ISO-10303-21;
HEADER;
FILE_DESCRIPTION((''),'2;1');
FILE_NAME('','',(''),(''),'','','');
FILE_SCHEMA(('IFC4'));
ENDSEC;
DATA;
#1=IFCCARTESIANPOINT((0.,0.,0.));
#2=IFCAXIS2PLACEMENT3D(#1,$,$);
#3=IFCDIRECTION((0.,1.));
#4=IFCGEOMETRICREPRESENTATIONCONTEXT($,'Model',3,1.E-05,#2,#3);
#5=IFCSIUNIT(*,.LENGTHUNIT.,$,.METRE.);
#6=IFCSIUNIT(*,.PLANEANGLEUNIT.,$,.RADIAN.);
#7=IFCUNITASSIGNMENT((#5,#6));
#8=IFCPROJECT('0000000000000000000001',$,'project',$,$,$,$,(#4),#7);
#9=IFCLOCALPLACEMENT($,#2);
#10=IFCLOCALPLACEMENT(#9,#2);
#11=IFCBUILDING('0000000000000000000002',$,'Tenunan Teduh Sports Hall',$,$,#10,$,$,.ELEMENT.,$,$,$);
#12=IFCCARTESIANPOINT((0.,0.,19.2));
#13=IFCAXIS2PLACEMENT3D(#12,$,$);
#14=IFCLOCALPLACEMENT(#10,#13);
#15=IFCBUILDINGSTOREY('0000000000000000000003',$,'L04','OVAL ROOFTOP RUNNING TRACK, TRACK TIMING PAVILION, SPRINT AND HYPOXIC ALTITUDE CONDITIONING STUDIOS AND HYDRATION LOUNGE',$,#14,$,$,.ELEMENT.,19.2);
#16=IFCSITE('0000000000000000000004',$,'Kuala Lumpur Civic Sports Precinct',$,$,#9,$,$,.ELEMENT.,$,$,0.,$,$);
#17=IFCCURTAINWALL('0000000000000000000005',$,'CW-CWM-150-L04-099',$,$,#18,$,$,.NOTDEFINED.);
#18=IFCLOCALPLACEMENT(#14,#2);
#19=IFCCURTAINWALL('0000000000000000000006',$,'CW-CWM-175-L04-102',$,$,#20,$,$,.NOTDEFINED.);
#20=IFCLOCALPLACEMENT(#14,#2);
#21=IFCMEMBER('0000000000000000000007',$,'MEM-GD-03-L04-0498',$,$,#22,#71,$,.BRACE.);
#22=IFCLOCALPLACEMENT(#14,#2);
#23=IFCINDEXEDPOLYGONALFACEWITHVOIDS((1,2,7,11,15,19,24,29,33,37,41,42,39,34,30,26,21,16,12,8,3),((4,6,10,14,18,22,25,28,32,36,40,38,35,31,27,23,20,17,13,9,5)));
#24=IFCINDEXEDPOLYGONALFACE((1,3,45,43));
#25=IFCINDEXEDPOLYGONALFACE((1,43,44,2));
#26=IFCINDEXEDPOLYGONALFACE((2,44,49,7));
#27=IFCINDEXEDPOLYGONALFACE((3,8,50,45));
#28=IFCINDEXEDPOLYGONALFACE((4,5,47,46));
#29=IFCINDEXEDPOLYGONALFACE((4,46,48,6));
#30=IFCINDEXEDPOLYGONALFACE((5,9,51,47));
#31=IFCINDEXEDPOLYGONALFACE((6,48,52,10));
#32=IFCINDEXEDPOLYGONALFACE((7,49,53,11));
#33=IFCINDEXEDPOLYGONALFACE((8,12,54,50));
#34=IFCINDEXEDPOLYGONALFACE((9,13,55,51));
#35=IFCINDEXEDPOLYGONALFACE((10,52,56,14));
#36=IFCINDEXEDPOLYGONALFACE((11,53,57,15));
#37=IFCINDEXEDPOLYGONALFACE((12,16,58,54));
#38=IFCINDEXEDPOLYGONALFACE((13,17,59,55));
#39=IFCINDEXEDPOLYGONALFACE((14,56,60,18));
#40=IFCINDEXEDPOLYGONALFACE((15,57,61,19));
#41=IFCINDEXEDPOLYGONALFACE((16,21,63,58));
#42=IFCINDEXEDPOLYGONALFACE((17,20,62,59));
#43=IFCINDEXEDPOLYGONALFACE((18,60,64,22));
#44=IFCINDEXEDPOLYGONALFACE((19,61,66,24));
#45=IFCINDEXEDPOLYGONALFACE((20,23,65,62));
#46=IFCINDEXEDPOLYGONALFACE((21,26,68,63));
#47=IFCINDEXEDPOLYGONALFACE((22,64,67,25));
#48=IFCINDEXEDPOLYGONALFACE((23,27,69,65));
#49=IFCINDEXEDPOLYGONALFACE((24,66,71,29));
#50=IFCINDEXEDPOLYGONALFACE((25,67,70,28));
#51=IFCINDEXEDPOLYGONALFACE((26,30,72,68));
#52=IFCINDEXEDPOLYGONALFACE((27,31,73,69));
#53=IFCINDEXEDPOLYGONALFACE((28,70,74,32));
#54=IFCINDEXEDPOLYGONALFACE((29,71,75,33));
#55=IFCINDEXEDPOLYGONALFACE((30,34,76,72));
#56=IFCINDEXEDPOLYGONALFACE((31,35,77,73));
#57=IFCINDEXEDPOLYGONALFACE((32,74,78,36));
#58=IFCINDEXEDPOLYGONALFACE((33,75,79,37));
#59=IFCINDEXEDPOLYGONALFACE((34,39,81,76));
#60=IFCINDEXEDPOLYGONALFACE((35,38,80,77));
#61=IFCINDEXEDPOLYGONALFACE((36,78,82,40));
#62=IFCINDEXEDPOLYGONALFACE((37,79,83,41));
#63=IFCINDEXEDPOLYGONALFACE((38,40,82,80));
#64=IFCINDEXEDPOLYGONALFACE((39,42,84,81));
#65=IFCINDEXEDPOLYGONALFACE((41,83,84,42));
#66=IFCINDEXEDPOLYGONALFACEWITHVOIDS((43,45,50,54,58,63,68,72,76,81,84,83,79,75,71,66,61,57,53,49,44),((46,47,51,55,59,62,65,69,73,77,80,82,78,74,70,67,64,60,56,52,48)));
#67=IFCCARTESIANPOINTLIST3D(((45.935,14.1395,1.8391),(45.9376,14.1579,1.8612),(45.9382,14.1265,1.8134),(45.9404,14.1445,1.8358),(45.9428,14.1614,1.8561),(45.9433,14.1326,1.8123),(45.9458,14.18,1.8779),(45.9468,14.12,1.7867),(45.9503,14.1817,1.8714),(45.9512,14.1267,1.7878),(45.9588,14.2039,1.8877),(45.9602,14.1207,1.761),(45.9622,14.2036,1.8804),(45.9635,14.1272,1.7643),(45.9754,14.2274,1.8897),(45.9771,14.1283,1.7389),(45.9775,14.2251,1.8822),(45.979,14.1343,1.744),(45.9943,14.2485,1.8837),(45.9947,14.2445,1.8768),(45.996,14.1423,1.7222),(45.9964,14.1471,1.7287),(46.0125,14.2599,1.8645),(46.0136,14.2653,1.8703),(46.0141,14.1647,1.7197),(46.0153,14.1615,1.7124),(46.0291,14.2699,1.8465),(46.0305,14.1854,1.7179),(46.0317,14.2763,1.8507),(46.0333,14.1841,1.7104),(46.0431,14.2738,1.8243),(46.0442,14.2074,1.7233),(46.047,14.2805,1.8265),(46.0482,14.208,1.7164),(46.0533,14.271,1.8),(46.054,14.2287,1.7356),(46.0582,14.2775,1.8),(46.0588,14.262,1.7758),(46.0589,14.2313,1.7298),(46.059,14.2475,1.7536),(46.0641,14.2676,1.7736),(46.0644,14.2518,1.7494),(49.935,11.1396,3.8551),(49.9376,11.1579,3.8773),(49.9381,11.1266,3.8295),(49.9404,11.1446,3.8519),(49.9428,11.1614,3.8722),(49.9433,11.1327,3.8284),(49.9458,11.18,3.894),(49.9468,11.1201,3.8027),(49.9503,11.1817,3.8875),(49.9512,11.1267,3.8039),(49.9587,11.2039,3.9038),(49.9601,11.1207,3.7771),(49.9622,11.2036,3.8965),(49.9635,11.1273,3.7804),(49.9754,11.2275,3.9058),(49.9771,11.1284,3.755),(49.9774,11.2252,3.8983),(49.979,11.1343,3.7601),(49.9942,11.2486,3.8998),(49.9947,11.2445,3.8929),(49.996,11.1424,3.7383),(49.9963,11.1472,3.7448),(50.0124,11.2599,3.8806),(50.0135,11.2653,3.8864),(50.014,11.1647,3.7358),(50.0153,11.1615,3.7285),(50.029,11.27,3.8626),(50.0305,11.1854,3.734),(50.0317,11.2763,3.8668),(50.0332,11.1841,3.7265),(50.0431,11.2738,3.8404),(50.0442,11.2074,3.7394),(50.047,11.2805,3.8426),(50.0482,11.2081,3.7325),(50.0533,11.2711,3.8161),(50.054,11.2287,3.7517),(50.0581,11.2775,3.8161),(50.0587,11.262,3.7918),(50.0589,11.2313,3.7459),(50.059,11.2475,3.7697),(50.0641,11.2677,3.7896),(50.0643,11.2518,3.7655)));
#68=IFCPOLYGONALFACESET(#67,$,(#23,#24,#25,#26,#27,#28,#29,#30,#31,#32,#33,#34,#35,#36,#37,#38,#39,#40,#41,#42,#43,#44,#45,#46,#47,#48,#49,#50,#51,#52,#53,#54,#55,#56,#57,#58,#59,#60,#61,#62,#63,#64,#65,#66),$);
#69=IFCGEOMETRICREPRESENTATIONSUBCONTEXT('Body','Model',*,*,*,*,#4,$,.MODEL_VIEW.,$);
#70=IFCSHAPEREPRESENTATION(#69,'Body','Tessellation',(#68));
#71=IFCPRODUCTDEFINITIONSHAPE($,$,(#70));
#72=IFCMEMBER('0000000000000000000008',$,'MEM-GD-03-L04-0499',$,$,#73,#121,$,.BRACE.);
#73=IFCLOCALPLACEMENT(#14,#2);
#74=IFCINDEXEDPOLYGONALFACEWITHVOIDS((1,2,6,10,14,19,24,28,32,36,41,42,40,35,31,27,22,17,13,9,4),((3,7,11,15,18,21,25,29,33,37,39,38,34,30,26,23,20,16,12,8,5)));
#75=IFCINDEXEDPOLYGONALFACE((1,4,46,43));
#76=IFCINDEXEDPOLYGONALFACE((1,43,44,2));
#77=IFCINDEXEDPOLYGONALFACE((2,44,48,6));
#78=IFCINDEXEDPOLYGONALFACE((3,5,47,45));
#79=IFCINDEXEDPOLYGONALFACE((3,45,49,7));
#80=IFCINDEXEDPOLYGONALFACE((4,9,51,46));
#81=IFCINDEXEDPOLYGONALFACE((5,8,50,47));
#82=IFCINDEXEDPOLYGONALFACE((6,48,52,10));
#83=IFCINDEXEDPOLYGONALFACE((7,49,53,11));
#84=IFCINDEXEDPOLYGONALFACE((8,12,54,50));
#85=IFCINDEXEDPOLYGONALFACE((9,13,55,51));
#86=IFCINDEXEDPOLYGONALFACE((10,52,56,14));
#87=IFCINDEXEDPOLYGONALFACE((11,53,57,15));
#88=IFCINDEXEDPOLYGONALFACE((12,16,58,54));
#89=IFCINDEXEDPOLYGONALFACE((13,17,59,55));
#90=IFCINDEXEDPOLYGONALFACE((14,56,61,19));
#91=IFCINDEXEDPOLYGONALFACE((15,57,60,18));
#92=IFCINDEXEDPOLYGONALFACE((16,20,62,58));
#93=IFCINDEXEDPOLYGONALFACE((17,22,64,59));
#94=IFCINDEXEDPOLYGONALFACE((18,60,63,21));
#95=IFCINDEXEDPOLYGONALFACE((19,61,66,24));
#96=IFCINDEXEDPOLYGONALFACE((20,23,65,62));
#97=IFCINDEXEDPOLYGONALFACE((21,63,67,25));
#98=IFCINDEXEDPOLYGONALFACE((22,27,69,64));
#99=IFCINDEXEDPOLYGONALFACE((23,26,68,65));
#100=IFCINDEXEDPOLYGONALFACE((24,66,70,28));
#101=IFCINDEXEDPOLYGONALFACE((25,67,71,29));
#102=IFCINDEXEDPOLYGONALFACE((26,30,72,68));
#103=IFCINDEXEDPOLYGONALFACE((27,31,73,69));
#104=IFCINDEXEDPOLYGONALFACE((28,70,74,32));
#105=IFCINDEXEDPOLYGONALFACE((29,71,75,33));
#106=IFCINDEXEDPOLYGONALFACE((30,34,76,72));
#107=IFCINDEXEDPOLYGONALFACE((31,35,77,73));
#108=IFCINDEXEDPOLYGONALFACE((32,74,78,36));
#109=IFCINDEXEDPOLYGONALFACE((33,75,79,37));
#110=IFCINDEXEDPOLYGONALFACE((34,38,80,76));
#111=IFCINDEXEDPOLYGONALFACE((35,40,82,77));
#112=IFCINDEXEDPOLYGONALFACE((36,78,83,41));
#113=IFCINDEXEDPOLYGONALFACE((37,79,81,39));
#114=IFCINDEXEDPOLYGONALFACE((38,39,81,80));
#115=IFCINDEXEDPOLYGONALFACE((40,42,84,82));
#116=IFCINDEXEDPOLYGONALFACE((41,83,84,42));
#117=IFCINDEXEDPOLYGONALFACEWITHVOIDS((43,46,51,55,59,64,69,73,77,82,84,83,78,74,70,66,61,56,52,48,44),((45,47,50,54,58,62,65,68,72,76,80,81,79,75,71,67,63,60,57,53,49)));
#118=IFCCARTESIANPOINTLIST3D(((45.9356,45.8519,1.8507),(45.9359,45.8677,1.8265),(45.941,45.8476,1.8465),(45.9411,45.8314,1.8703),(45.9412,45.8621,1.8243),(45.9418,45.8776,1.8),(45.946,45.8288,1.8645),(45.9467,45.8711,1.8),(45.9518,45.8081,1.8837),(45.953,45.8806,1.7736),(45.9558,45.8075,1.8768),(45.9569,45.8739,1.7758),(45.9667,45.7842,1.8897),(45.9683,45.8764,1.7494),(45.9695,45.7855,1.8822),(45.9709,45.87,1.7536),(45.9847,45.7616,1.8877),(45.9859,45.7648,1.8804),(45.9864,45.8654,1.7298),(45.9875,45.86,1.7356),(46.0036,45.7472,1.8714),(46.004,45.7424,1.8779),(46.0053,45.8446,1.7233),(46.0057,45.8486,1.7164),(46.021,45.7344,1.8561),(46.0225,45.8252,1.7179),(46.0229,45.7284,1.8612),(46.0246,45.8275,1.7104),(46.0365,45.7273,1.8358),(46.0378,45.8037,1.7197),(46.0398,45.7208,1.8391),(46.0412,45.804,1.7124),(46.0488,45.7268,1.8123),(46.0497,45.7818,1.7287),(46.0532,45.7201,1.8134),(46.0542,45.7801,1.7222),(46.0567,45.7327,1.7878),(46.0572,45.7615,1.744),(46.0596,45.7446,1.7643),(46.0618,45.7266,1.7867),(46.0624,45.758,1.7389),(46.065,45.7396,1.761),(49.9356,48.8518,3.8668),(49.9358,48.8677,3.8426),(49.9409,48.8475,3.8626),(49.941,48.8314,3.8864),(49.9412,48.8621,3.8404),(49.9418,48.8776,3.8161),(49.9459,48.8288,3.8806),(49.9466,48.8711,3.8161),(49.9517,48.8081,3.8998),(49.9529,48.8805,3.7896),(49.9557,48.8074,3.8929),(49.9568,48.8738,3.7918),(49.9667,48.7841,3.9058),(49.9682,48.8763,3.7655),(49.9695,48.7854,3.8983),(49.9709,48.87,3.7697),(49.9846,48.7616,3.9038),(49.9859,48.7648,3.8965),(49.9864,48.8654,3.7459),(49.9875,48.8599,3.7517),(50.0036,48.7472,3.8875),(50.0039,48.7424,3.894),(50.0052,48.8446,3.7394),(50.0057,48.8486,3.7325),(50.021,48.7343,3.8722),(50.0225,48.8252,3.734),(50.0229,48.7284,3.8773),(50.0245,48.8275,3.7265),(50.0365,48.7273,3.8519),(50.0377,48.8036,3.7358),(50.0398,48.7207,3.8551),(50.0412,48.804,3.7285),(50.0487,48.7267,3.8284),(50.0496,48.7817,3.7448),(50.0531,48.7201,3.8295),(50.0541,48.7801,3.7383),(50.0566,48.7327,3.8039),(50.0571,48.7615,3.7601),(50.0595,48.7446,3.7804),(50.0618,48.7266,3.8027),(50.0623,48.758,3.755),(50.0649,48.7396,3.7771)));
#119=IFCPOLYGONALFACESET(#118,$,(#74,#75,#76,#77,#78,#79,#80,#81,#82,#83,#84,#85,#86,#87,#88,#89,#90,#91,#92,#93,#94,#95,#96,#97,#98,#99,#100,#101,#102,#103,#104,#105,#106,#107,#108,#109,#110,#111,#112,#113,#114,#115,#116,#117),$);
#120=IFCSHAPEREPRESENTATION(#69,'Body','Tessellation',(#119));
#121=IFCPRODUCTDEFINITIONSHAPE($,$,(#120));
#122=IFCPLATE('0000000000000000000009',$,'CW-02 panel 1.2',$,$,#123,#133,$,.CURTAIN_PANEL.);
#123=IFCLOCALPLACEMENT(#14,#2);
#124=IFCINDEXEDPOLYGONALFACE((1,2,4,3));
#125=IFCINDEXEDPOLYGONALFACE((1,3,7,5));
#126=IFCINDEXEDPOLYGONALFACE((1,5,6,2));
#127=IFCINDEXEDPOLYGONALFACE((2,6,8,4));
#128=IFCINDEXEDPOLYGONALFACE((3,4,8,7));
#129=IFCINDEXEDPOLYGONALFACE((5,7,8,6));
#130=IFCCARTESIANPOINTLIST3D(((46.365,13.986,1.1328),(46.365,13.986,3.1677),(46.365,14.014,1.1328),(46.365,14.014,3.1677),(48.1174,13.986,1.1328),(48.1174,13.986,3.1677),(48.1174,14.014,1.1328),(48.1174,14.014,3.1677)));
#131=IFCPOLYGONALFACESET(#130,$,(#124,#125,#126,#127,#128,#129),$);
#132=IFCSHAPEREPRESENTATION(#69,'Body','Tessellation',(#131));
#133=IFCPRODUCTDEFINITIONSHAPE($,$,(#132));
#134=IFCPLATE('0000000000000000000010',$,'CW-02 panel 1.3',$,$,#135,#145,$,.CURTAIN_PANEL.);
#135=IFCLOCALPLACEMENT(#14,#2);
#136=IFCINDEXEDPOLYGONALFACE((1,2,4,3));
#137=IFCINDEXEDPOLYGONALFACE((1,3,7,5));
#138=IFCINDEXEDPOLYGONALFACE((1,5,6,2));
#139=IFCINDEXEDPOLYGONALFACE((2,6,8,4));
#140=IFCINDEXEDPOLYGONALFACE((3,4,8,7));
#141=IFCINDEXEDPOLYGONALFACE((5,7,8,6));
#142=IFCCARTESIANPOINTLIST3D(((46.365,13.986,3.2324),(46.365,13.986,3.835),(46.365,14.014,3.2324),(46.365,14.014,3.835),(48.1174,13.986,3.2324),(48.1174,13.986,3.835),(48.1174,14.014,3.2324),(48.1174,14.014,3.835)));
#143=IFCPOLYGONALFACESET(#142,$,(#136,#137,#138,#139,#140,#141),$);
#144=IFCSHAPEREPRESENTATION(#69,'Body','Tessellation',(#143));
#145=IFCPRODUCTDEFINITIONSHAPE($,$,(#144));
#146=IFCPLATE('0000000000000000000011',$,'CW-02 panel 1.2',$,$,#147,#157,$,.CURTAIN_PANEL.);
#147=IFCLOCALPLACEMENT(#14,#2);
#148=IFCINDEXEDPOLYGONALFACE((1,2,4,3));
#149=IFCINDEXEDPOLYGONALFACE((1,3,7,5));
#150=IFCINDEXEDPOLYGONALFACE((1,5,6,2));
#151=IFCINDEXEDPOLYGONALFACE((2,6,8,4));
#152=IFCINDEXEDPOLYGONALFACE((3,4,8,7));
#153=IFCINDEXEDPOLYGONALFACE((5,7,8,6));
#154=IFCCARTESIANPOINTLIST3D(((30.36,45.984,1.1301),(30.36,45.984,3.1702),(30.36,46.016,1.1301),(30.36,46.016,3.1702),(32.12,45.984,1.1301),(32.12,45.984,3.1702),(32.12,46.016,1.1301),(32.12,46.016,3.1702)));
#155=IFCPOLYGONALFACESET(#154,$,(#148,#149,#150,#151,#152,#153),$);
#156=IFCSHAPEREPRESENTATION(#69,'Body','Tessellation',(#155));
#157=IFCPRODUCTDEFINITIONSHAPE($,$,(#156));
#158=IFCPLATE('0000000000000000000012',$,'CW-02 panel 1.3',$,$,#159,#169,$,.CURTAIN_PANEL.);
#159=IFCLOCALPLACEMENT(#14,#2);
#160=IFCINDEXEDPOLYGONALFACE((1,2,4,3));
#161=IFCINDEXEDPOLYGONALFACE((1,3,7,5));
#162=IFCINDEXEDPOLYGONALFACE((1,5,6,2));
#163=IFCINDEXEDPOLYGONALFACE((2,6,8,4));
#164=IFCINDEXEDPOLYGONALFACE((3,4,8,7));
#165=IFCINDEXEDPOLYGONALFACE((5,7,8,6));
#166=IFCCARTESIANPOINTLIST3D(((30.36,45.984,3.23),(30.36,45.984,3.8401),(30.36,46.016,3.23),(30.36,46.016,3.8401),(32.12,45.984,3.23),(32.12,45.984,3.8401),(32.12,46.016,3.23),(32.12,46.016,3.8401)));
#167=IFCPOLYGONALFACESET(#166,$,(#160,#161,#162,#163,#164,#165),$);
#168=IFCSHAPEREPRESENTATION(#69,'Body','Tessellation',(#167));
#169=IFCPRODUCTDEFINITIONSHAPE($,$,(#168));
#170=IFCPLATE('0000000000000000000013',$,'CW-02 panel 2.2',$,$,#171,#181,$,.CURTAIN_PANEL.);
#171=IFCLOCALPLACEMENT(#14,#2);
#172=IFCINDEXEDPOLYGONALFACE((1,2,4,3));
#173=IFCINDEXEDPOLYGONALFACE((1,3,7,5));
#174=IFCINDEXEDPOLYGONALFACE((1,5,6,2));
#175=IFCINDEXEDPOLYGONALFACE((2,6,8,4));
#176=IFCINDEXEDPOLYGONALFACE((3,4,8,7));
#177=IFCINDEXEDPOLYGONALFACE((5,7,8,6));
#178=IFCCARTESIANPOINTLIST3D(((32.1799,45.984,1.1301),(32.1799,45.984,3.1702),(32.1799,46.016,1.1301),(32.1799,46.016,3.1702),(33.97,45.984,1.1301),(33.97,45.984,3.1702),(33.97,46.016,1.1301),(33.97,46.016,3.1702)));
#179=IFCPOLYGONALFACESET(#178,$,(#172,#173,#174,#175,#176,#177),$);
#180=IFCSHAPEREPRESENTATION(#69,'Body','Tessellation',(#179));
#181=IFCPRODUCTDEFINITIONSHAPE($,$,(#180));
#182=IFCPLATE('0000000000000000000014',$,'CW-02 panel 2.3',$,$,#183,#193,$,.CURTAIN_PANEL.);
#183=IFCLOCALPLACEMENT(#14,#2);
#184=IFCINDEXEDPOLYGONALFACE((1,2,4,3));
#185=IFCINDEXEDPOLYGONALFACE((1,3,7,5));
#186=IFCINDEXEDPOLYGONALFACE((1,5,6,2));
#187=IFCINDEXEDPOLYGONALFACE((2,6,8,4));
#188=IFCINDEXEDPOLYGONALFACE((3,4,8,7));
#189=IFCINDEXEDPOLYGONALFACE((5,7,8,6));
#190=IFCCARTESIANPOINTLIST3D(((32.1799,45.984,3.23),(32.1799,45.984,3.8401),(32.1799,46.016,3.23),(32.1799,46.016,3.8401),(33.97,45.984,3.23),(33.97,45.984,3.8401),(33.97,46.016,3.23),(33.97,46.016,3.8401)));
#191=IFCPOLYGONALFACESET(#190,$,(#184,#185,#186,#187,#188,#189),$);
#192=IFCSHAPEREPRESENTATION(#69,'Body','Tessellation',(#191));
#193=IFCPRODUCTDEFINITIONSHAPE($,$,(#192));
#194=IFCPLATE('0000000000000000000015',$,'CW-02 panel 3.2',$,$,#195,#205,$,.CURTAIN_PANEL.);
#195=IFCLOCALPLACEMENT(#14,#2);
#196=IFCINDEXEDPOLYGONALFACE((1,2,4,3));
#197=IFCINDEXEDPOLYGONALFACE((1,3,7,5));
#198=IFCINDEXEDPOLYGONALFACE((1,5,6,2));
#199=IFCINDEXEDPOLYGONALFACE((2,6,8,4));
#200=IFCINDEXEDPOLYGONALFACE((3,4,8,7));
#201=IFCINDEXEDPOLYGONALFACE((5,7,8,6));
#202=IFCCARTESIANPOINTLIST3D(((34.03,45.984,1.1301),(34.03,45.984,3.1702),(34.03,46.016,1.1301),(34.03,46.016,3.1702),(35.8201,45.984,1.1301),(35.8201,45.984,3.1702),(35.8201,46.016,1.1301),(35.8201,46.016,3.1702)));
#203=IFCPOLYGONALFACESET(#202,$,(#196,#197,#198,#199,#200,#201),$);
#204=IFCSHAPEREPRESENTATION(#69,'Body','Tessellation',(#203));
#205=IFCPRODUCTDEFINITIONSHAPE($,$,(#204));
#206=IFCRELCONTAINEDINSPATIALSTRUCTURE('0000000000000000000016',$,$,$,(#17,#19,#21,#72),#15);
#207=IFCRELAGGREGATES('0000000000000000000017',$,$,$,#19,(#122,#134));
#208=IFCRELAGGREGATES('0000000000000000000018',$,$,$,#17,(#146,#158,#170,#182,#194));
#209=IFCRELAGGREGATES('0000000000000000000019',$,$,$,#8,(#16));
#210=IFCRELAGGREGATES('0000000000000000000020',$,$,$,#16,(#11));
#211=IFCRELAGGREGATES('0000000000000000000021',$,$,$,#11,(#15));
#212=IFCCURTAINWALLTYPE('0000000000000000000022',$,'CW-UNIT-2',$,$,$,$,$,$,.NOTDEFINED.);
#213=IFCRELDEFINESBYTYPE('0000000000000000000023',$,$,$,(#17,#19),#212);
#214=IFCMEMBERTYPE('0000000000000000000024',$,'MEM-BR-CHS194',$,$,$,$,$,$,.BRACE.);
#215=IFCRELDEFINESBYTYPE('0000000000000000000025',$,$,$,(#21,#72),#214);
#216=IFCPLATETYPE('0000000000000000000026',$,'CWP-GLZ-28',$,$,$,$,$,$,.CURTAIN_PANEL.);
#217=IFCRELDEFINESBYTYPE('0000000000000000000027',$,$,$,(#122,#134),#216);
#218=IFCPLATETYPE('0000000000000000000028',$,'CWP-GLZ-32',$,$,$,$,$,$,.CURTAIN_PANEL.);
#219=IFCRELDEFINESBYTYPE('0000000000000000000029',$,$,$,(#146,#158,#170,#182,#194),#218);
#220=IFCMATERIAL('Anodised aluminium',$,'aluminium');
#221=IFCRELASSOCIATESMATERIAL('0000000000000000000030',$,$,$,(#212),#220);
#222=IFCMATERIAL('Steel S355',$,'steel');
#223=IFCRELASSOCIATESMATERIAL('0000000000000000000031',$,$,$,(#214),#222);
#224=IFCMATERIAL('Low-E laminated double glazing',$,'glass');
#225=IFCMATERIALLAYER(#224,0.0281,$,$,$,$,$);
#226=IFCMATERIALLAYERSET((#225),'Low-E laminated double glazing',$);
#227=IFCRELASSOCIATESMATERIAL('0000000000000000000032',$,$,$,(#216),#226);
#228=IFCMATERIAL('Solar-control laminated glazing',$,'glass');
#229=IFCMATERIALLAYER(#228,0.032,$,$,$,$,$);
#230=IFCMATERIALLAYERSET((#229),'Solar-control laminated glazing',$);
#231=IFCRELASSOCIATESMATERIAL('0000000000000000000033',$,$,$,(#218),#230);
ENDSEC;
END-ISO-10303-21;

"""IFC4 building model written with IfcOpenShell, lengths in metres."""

from ifc_helpers import new_model, si_unit, direction, frame, origin, origin_2d, place, context, subcontext, project, spatial, rectangle, hollow_circle, extrude, material, layer, layer_set, material_profile, profile_set, type_object, element, aggregate, save


model = new_model("IFC4")

# Units and contexts
model_context = context("Model", 3, precision=1e-05, world=origin(), true_north=direction((0.0, 1.0)))
body_context = subcontext(model_context, "Body", "Model", "MODEL_VIEW")
ifc_project = project(units=[si_unit("LENGTHUNIT", "METRE"), si_unit("PLANEANGLEUNIT", "RADIAN")], contexts=[model_context])

# Site, building, storey
site_placement = place(None, origin())
site = spatial("IfcSite", under=ifc_project, at=site_placement, Name="Kuala Lumpur Civic Sports Precinct", CompositionType="ELEMENT", RefElevation=0.0)
building_placement = place(site_placement, origin())
building = spatial("IfcBuilding", under=site, at=building_placement, Name="Tenunan Teduh Sports Hall", CompositionType="ELEMENT")
storey_placement = place(building_placement, frame((0.0, 0.0, 19.2)))
storey = spatial("IfcBuildingStorey", under=building, at=storey_placement, Name="L04", Description="OVAL ROOFTOP RUNNING TRACK, TRACK TIMING PAVILION, SPRINT AND HYPOXIC ALTITUDE CONDITIONING STUDIOS AND HYDRATION LOUNGE", CompositionType="ELEMENT", Elevation=19.2)

# Curtain wall
ifc_material_1 = material(Name="Anodised aluminium", Category="aluminium")
curtain_wall_type = type_object("IfcCurtainWallType", Name="CW-UNIT-2", PredefinedType="NOTDEFINED", material=ifc_material_1)
curtain_wall_1_placement = place(storey_placement, origin())
curtain_wall_1 = element("IfcCurtainWall", 1, at=curtain_wall_1_placement, inside=storey, type_object=curtain_wall_type, Name="CW-CWM-150-L04-099", PredefinedType="NOTDEFINED")

# Curtain wall
curtain_wall_2_placement = place(storey_placement, origin())
curtain_wall_2 = element("IfcCurtainWall", 2, at=curtain_wall_2_placement, inside=storey, type_object=curtain_wall_type, Name="CW-CWM-175-L04-102", PredefinedType="NOTDEFINED")

# Members
ifc_material_2 = material(Name="Steel S355", Category="steel")
ifc_material_profile_1 = material_profile(ifc_material_2, hollow_circle(Radius=0.0969, WallThickness=0.0081, at=origin_2d()), Name="CHS 193.7x8.0")
ifc_profile_set_1 = profile_set([ifc_material_profile_1], Name="Steel S355")
member_type_1 = type_object("IfcMemberType", Name="MEM-BR-CHS194", PredefinedType="BRACE", material=ifc_profile_set_1)
for number, where, z_axis, x_axis, name in (
    (3, (46.0, 14.2, 1.8), (0.741954, -0.556465, 0.373966), (0.6, 0.8, 0.0), "MEM-GD-03-L04-0498"),
    (4, (46.0, 45.8, 1.8), (0.741954, 0.556465, 0.373966), (-0.6, 0.8, 0.0), "MEM-GD-03-L04-0499"),
):
    element("IfcMember", number, at=place(storey_placement, frame(where, z_axis=z_axis, x_axis=x_axis)), inside=storey, type_object=member_type_1, Name=name, PredefinedType="BRACE", context=body_context, shape_type="SweptSolid", body=[
        extrude(hollow_circle(Radius=0.0969, WallThickness=0.0081, at=origin_2d()), origin(), (0.0, 0.0, 1.0), 5.3911),
    ])

# Plates
ifc_material_3 = material(Name="Low-E laminated double glazing", Category="glass")
ifc_layer_1 = layer(ifc_material_3, 0.0281)
ifc_layer_set_1 = layer_set([ifc_layer_1], Name="Low-E laminated double glazing")
plate_type_1 = type_object("IfcPlateType", Name="CWP-GLZ-28", PredefinedType="CURTAIN_PANEL", material=ifc_layer_set_1)
plate_1_placement = place(storey_placement, frame((47.2412, 14.0, 1.1328), z_axis=(0.0, 0.0, 1.0), x_axis=(1.0, 0.0, 0.0)))
plate_1 = element("IfcPlate", 5, at=plate_1_placement, type_object=plate_type_1, Name="CW-02 panel 1.2", PredefinedType="CURTAIN_PANEL", context=body_context, shape_type="SweptSolid", body=[
    extrude(rectangle(XDim=1.7524, YDim=0.0281, at=origin_2d()), origin(), (0.0, 0.0, 1.0), 2.0349),
])
plate_2_placement = place(storey_placement, frame((47.2412, 14.0, 3.2324), z_axis=(0.0, 0.0, 1.0), x_axis=(1.0, 0.0, 0.0)))
plate_2 = element("IfcPlate", 6, at=plate_2_placement, type_object=plate_type_1, Name="CW-02 panel 1.3", PredefinedType="CURTAIN_PANEL", context=body_context, shape_type="SweptSolid", body=[
    extrude(rectangle(XDim=1.7524, YDim=0.0281, at=origin_2d()), origin(), (0.0, 0.0, 1.0), 0.6025),
])
aggregate(curtain_wall_2, [plate_1, plate_2])
ifc_material_4 = material(Name="Solar-control laminated glazing", Category="glass")
ifc_layer_2 = layer(ifc_material_4, 0.032)
ifc_layer_set_2 = layer_set([ifc_layer_2], Name="Solar-control laminated glazing")
plate_type_2 = type_object("IfcPlateType", Name="CWP-GLZ-32", PredefinedType="CURTAIN_PANEL", material=ifc_layer_set_2)
plate_3_placement = place(storey_placement, frame((31.24, 46.0, 1.1301), z_axis=(0.0, 0.0, 1.0), x_axis=(1.0, 0.0, 0.0)))
plate_3 = element("IfcPlate", 7, at=plate_3_placement, type_object=plate_type_2, Name="CW-02 panel 1.2", PredefinedType="CURTAIN_PANEL", context=body_context, shape_type="SweptSolid", body=[
    extrude(rectangle(XDim=1.76, YDim=0.032, at=origin_2d()), origin(), (0.0, 0.0, 1.0), 2.04),
])
plate_4_placement = place(storey_placement, frame((31.24, 46.0, 3.23), z_axis=(0.0, 0.0, 1.0), x_axis=(1.0, 0.0, 0.0)))
plate_4 = element("IfcPlate", 8, at=plate_4_placement, type_object=plate_type_2, Name="CW-02 panel 1.3", PredefinedType="CURTAIN_PANEL", context=body_context, shape_type="SweptSolid", body=[
    extrude(rectangle(XDim=1.76, YDim=0.032, at=origin_2d()), origin(), (0.0, 0.0, 1.0), 0.6101),
])
plate_5_placement = place(storey_placement, frame((33.075, 46.0, 1.1301), z_axis=(0.0, 0.0, 1.0), x_axis=(1.0, 0.0, 0.0)))
plate_5 = element("IfcPlate", 9, at=plate_5_placement, type_object=plate_type_2, Name="CW-02 panel 2.2", PredefinedType="CURTAIN_PANEL", context=body_context, shape_type="SweptSolid", body=[
    extrude(rectangle(XDim=1.79, YDim=0.032, at=origin_2d()), origin(), (0.0, 0.0, 1.0), 2.04),
])
plate_6_placement = place(storey_placement, frame((33.075, 46.0, 3.23), z_axis=(0.0, 0.0, 1.0), x_axis=(1.0, 0.0, 0.0)))
plate_6 = element("IfcPlate", 10, at=plate_6_placement, type_object=plate_type_2, Name="CW-02 panel 2.3", PredefinedType="CURTAIN_PANEL", context=body_context, shape_type="SweptSolid", body=[
    extrude(rectangle(XDim=1.79, YDim=0.032, at=origin_2d()), origin(), (0.0, 0.0, 1.0), 0.6101),
])
plate_7_placement = place(storey_placement, frame((34.925, 46.0, 1.1301), z_axis=(0.0, 0.0, 1.0), x_axis=(1.0, 0.0, 0.0)))
plate_7 = element("IfcPlate", 11, at=plate_7_placement, type_object=plate_type_2, Name="CW-02 panel 3.2", PredefinedType="CURTAIN_PANEL", context=body_context, shape_type="SweptSolid", body=[
    extrude(rectangle(XDim=1.79, YDim=0.032, at=origin_2d()), origin(), (0.0, 0.0, 1.0), 2.04),
])
aggregate(curtain_wall_1, [plate_3, plate_4, plate_5, plate_6, plate_7])

save(model, "model.ifc")
